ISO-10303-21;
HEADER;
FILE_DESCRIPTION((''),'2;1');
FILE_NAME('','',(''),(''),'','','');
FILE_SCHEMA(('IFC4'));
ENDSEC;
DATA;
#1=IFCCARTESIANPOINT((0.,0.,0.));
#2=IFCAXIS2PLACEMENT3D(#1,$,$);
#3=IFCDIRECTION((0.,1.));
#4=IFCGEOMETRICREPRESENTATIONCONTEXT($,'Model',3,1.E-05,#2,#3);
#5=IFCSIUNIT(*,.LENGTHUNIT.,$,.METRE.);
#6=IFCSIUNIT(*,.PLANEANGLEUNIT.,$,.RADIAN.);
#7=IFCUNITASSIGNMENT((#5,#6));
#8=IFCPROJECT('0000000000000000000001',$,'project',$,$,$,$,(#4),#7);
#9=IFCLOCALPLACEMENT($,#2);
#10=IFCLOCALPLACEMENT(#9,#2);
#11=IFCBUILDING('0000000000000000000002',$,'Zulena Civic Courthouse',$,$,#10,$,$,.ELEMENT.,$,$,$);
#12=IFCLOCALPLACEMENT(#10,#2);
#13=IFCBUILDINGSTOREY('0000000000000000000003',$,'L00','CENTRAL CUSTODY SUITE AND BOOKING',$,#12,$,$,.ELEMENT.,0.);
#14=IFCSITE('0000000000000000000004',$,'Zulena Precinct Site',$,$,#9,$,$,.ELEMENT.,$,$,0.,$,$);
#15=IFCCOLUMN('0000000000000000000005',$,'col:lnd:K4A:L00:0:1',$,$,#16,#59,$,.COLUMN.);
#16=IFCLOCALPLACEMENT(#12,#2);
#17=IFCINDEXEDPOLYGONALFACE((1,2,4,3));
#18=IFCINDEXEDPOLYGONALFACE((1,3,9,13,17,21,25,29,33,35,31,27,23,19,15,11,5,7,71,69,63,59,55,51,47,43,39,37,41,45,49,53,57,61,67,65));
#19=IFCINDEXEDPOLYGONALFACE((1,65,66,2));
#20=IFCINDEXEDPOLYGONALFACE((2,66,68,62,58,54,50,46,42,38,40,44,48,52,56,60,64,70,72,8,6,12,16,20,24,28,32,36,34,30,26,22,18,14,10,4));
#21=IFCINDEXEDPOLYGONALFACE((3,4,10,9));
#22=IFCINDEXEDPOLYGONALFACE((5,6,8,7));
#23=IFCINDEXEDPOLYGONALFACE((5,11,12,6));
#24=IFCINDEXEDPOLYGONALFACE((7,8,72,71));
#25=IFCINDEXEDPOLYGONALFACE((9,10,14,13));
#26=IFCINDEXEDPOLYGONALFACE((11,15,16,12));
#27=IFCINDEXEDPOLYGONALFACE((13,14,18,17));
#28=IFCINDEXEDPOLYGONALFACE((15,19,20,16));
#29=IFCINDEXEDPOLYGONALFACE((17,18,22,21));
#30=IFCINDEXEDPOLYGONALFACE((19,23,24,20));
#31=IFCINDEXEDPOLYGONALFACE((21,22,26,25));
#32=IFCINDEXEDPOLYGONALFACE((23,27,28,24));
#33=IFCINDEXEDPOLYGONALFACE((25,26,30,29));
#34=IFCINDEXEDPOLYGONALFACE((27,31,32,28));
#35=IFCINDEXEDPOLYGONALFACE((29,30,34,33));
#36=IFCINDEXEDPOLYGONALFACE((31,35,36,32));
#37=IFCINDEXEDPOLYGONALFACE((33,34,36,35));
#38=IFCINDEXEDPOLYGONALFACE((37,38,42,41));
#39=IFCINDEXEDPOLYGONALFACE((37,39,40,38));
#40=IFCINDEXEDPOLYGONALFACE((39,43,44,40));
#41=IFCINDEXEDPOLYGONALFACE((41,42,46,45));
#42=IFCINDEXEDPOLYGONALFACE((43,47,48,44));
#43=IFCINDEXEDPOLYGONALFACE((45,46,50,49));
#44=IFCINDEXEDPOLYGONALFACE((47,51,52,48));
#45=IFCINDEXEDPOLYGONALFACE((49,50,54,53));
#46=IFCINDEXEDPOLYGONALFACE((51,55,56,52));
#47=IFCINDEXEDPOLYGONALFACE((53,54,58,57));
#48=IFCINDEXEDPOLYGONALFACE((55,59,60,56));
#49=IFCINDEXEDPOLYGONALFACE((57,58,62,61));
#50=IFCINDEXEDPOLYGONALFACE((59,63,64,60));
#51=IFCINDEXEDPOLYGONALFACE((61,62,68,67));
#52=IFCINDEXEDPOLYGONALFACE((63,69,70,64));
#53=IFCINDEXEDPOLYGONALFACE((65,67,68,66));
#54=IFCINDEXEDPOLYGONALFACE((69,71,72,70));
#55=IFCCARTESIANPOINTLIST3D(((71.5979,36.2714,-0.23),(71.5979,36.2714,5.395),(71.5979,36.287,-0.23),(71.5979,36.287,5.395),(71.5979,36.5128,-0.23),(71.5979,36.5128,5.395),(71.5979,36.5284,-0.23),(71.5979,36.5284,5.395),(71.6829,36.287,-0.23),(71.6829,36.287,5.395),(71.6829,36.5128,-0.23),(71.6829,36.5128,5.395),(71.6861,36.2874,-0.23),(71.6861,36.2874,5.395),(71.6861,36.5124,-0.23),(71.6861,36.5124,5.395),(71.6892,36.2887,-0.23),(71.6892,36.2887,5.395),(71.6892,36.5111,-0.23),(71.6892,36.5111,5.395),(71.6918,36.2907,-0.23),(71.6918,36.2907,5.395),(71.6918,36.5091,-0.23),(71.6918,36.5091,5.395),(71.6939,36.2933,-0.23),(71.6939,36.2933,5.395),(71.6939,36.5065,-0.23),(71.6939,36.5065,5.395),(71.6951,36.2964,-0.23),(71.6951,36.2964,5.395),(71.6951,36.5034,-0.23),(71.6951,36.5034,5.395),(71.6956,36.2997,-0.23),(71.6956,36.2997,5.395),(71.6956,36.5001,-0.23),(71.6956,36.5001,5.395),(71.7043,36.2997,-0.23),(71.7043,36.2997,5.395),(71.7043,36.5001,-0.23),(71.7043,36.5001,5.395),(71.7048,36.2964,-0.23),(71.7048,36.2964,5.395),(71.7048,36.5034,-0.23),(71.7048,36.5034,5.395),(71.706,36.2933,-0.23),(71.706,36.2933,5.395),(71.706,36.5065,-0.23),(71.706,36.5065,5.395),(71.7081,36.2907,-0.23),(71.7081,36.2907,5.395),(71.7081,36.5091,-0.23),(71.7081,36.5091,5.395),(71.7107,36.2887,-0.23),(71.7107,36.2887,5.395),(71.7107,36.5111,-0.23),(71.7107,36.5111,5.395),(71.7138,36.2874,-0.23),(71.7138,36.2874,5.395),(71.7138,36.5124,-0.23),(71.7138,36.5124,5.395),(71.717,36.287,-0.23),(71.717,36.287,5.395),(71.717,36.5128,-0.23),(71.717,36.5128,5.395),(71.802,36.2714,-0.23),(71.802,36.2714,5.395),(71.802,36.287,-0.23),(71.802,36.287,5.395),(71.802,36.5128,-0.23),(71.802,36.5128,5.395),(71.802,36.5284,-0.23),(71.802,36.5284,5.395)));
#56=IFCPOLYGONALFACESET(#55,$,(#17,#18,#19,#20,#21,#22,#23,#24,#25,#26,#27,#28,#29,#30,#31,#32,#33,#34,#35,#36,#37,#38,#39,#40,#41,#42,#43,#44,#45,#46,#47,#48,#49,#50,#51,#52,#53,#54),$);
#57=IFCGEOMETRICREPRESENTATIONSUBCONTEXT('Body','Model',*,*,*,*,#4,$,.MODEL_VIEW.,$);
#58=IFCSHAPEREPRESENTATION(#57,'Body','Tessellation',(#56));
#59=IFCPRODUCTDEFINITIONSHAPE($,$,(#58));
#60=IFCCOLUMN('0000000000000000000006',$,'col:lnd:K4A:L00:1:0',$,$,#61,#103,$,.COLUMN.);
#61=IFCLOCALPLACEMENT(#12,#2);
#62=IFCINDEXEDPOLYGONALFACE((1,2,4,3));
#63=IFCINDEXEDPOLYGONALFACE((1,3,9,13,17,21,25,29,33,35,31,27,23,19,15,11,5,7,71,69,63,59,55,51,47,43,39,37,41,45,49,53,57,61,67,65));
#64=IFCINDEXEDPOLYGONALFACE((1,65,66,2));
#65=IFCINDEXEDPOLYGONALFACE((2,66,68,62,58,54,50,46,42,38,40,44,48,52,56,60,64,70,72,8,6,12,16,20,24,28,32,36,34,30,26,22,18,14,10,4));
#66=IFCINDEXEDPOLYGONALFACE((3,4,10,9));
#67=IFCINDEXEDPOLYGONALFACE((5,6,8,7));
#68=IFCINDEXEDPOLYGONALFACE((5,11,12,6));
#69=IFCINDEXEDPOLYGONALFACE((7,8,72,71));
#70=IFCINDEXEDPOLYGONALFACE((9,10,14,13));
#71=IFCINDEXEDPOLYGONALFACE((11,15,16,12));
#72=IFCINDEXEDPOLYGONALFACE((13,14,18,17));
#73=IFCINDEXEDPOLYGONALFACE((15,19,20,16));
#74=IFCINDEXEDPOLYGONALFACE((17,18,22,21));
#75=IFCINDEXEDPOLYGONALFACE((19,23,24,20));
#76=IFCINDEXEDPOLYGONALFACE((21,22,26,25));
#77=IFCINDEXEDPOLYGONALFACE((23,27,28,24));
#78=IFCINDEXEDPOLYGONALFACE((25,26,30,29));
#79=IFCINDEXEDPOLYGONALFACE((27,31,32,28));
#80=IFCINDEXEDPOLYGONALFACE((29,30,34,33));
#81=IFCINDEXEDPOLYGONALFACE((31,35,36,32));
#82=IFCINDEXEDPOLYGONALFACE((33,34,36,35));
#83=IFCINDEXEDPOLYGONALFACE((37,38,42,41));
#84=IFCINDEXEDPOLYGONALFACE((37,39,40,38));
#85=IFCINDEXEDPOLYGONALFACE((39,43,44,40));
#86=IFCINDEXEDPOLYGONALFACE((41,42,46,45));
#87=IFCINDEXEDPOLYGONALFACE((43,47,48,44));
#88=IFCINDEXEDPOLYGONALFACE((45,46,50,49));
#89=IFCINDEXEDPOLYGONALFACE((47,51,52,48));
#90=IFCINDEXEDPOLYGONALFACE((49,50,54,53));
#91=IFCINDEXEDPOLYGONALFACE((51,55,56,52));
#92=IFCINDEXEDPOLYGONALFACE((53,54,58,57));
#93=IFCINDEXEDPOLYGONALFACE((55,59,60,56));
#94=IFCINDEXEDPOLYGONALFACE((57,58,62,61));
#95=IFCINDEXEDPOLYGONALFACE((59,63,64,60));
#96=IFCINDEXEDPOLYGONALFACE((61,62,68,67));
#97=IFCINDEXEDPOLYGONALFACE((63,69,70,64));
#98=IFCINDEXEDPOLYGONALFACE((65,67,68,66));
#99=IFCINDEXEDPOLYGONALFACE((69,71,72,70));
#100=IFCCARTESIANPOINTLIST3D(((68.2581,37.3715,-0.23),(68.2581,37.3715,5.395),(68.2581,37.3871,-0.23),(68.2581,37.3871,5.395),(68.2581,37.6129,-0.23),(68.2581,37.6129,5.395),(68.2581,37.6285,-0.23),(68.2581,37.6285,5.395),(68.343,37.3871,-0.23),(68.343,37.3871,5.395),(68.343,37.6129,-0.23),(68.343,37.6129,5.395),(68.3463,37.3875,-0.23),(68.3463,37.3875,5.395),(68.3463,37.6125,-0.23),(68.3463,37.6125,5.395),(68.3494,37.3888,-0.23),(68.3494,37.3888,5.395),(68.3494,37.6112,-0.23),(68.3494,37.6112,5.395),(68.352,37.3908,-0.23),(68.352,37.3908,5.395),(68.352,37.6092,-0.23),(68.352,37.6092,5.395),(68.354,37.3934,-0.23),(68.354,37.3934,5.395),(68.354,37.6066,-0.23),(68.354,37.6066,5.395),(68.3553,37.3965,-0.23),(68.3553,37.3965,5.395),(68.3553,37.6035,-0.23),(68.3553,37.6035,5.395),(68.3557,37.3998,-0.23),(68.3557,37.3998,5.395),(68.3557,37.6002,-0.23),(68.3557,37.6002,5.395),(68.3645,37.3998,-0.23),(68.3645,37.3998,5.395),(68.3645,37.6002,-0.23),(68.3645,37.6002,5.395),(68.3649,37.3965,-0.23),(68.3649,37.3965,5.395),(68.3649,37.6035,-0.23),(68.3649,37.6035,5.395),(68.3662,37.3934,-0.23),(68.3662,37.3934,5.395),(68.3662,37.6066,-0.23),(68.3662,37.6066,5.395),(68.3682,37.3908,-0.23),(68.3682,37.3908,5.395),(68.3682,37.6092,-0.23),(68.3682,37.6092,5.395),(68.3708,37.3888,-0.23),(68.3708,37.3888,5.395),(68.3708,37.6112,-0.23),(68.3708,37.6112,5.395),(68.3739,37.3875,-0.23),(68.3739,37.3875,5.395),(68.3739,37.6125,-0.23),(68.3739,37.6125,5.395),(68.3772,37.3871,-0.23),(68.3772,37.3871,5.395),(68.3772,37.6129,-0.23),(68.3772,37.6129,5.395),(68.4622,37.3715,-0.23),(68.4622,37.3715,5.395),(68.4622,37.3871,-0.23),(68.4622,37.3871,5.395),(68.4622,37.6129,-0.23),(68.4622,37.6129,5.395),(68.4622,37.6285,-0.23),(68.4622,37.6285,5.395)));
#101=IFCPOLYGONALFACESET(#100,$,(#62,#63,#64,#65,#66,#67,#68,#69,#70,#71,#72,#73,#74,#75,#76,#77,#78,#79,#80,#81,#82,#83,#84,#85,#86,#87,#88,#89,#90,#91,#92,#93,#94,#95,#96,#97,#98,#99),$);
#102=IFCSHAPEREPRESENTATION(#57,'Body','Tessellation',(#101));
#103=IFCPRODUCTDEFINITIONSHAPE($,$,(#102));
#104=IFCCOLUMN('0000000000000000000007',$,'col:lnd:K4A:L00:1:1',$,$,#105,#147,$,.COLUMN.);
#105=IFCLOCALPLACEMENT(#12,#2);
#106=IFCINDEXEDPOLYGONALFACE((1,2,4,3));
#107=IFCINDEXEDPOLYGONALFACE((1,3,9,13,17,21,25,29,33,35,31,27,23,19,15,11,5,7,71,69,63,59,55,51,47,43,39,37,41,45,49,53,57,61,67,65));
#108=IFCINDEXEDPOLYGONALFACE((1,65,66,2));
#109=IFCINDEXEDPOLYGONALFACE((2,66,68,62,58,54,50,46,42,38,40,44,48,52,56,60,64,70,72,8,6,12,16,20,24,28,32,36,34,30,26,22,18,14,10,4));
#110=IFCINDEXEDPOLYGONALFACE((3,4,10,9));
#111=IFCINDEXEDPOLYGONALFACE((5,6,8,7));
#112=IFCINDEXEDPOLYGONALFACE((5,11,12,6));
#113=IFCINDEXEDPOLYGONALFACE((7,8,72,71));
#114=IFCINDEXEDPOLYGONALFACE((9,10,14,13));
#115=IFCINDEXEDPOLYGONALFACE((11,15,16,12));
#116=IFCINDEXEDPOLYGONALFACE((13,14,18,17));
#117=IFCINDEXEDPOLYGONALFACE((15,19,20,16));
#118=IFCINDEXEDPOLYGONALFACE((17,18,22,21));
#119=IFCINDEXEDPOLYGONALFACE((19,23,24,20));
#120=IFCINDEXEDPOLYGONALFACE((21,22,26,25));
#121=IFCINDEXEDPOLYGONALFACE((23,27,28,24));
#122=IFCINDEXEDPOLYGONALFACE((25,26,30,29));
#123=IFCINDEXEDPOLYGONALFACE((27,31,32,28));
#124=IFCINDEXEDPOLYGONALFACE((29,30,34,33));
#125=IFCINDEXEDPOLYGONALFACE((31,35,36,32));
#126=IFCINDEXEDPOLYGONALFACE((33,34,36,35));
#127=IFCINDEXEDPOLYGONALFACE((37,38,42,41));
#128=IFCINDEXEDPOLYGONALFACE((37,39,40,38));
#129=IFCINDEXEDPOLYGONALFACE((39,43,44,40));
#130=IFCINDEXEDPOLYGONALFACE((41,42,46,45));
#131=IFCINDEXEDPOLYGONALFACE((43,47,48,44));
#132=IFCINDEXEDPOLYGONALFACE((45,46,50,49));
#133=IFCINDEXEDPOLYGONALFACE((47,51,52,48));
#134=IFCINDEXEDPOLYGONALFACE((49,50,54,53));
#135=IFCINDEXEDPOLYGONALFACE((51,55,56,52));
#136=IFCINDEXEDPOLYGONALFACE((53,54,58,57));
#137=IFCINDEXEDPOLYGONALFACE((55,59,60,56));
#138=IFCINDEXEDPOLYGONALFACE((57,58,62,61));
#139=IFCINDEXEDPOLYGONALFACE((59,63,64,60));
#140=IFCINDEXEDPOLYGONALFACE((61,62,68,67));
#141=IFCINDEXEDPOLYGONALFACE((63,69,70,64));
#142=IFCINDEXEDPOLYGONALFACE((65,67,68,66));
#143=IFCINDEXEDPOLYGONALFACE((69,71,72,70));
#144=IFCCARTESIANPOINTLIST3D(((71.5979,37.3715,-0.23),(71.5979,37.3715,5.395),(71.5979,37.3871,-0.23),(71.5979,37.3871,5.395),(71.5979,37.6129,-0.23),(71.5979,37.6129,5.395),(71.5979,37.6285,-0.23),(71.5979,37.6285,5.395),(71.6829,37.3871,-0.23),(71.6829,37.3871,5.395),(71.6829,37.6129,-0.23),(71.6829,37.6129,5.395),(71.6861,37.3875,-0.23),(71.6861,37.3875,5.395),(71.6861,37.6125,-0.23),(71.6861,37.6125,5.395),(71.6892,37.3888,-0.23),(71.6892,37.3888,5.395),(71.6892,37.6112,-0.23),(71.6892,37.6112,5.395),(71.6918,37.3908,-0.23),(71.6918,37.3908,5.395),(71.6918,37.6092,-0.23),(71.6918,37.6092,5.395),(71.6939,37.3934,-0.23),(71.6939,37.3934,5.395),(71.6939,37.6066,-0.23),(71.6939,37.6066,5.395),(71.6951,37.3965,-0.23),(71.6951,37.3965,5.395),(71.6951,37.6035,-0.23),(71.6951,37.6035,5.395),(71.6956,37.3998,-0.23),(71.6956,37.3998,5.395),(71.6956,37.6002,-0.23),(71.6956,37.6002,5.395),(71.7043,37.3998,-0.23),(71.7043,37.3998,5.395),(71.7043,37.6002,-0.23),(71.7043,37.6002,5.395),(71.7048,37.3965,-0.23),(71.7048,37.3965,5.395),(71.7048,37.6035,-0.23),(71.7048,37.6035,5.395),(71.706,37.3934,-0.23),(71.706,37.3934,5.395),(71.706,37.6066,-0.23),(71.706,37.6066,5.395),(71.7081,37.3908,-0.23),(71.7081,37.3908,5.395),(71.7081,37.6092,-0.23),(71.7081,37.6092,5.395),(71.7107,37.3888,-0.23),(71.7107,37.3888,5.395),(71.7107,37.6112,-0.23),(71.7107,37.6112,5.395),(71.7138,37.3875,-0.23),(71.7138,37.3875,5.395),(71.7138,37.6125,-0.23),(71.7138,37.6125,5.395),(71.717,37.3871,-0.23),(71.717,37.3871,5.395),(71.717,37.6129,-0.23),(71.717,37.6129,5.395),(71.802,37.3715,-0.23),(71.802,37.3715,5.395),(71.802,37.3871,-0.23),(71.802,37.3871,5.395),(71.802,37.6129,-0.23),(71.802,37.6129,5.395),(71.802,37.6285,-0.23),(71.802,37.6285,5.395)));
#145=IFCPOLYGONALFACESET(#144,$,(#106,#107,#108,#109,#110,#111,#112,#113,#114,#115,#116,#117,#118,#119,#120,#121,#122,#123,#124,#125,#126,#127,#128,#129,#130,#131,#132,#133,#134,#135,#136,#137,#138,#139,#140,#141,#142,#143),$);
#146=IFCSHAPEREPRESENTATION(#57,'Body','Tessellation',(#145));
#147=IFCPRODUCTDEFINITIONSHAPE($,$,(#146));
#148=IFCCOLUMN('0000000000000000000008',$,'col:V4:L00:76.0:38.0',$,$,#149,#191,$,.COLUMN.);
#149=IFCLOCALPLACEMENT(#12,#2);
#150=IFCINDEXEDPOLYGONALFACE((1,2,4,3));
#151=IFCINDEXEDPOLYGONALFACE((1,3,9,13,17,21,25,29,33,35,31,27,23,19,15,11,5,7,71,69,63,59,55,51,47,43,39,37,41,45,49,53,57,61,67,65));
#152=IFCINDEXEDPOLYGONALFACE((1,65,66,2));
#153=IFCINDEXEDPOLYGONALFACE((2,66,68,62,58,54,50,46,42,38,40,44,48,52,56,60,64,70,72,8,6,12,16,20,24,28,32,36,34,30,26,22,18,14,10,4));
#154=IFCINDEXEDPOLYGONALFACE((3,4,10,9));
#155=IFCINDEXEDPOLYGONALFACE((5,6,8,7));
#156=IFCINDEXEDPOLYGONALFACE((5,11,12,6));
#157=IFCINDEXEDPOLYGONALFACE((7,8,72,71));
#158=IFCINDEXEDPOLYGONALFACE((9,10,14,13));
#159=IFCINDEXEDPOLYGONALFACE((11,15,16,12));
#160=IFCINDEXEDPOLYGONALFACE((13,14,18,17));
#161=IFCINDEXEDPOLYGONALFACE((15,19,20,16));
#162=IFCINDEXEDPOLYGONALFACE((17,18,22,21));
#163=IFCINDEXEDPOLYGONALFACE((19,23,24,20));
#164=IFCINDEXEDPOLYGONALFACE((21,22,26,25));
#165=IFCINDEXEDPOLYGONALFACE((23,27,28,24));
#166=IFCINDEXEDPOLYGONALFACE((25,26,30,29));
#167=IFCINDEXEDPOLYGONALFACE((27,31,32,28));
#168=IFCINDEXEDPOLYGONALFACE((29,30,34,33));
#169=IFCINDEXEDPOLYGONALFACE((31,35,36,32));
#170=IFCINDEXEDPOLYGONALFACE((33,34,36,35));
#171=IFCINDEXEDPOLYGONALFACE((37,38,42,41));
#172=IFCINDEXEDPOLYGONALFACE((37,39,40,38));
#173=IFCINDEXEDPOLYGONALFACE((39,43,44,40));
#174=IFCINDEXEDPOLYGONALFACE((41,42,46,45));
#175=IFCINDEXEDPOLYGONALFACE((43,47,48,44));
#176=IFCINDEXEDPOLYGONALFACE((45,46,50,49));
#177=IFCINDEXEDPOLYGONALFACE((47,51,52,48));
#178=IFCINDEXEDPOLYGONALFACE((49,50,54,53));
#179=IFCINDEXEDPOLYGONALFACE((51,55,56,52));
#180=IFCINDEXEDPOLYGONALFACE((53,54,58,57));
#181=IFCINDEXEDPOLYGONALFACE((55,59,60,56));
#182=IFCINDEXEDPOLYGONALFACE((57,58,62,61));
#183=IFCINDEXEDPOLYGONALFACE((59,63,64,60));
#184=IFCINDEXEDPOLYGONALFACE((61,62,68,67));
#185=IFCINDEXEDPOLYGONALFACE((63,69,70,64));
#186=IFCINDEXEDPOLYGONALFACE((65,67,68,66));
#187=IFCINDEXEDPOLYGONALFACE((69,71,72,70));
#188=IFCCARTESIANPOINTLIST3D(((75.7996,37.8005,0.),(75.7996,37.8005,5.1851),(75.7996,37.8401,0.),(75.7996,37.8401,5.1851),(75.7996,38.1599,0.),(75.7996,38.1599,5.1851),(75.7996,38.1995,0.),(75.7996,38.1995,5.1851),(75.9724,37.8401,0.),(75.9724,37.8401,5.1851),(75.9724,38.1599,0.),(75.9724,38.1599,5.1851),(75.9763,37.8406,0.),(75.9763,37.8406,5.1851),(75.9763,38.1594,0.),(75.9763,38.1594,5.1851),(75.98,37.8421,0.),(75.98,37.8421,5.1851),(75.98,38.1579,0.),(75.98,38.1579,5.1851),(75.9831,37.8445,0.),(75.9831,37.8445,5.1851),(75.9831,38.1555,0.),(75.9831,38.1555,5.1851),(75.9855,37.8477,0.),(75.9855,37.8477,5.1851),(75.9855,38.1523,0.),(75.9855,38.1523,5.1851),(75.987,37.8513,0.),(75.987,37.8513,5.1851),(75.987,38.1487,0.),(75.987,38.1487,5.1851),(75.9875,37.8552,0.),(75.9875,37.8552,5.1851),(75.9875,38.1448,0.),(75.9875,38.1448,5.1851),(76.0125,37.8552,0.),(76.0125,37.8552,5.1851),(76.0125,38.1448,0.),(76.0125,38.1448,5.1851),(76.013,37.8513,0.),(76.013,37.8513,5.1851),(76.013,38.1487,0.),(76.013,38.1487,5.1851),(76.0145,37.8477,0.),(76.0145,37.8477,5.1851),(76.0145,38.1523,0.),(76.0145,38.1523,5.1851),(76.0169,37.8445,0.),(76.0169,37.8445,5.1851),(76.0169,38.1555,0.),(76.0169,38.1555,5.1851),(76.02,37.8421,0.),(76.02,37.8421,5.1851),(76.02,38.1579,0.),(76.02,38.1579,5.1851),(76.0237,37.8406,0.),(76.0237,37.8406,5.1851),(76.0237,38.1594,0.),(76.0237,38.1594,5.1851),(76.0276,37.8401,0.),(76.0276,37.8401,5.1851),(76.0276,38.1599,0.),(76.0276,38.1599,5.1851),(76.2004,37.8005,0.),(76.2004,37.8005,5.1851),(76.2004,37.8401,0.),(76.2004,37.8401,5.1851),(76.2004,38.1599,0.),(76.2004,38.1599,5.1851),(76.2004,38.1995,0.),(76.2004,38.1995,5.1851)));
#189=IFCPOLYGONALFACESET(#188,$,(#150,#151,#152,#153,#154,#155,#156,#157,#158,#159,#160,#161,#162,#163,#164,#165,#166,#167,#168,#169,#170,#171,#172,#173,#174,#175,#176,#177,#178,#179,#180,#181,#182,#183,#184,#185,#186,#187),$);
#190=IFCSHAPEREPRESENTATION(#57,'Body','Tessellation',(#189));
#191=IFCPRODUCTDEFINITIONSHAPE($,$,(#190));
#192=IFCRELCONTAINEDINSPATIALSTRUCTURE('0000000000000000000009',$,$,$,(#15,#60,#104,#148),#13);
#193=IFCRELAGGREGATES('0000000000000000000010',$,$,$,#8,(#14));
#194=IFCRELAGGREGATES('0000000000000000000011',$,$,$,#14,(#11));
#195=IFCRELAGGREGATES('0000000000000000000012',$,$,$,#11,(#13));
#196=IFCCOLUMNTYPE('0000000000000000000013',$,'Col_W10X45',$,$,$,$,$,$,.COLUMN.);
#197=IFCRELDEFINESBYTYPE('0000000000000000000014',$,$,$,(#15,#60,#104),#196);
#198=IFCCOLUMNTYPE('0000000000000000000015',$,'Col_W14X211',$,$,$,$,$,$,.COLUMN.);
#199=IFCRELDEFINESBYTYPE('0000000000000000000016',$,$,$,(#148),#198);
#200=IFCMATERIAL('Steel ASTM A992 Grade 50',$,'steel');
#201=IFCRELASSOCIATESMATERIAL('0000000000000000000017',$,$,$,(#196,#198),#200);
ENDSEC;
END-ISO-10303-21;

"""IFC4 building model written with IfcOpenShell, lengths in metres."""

from ifc_helpers import new_model, si_unit, direction, frame, origin, origin_2d, place, context, subcontext, project, spatial, i_section, extrude, material, material_profile, profile_set, type_object, element, save


model = new_model("IFC4")

# Units and contexts
model_context = context("Model", 3, precision=1e-05, world=origin(), true_north=direction((0.0, 1.0)))
body_context = subcontext(model_context, "Body", "Model", "MODEL_VIEW")
ifc_project = project(units=[si_unit("LENGTHUNIT", "METRE"), si_unit("PLANEANGLEUNIT", "RADIAN")], contexts=[model_context])

# Site, building, storey
site_placement = place(None, origin())
site = spatial("IfcSite", under=ifc_project, at=site_placement, Name="Zulena Precinct Site", CompositionType="ELEMENT", RefElevation=0.0)
building_placement = place(site_placement, origin())
building = spatial("IfcBuilding", under=site, at=building_placement, Name="Zulena Civic Courthouse", CompositionType="ELEMENT")
storey_placement = place(building_placement, origin())
storey = spatial("IfcBuildingStorey", under=building, at=storey_placement, Name="L00", Description="CENTRAL CUSTODY SUITE AND BOOKING", CompositionType="ELEMENT", Elevation=0.0)

# Columns
ifc_material_1 = material(Name="Steel ASTM A992 Grade 50", Category="steel")
ifc_material_profile_1 = material_profile(ifc_material_1, i_section(OverallWidth=0.2041, OverallDepth=0.2571, WebThickness=0.0088, FlangeThickness=0.0156, FilletRadius=0.0127, at=origin_2d()), Name="W10X45")
ifc_profile_set_1 = profile_set([ifc_material_profile_1], Name="Steel ASTM A992 Grade 50")
column_type_1 = type_object("IfcColumnType", Name="Col_W10X45", PredefinedType="COLUMN", material=ifc_profile_set_1)
for number, where, z_axis, x_axis, name in (
    (1, (71.7, 36.3999, -0.23), (0.0, 0.0, 1.0), (1.0, 0.0, 0.0), "col:lnd:K4A:L00:0:1"),
    (2, (68.3601, 37.5, -0.23), (0.0, 0.0, 1.0), (1.0, 0.0, 0.0), "col:lnd:K4A:L00:1:0"),
    (3, (71.7, 37.5, -0.23), (0.0, 0.0, 1.0), (1.0, 0.0, 0.0), "col:lnd:K4A:L00:1:1"),
):
    element("IfcColumn", number, at=place(storey_placement, frame(where, z_axis=z_axis, x_axis=x_axis)), inside=storey, type_object=column_type_1, Name=name, PredefinedType="COLUMN", context=body_context, shape_type="SweptSolid", body=[
        extrude(i_section(OverallWidth=0.2041, OverallDepth=0.2571, WebThickness=0.0088, FlangeThickness=0.0156, FilletRadius=0.0127, at=origin_2d()), origin(), (0.0, 0.0, 1.0), 5.625),
    ])
ifc_material_profile_2 = material_profile(ifc_material_1, i_section(OverallWidth=0.4009, OverallDepth=0.3989, WebThickness=0.0249, FlangeThickness=0.0396, FilletRadius=0.0151, at=origin_2d()), Name="W14X211")
ifc_profile_set_2 = profile_set([ifc_material_profile_2], Name="Steel ASTM A992 Grade 50")
column_type_2 = type_object("IfcColumnType", Name="Col_W14X211", PredefinedType="COLUMN", material=ifc_profile_set_2)
column_1_placement = place(storey_placement, frame((76.0, 38.0, 0.0), z_axis=(0.0, 0.0, 1.0), x_axis=(1.0, 0.0, 0.0)))
element("IfcColumn", 4, at=column_1_placement, inside=storey, type_object=column_type_2, Name="col:V4:L00:76.0:38.0", PredefinedType="COLUMN", context=body_context, shape_type="SweptSolid", body=[
    extrude(i_section(OverallWidth=0.4009, OverallDepth=0.3989, WebThickness=0.0249, FlangeThickness=0.0396, FilletRadius=0.0151, at=origin_2d()), origin(), (0.0, 0.0, 1.0), 5.1851),
])

save(model, "model.ifc")
